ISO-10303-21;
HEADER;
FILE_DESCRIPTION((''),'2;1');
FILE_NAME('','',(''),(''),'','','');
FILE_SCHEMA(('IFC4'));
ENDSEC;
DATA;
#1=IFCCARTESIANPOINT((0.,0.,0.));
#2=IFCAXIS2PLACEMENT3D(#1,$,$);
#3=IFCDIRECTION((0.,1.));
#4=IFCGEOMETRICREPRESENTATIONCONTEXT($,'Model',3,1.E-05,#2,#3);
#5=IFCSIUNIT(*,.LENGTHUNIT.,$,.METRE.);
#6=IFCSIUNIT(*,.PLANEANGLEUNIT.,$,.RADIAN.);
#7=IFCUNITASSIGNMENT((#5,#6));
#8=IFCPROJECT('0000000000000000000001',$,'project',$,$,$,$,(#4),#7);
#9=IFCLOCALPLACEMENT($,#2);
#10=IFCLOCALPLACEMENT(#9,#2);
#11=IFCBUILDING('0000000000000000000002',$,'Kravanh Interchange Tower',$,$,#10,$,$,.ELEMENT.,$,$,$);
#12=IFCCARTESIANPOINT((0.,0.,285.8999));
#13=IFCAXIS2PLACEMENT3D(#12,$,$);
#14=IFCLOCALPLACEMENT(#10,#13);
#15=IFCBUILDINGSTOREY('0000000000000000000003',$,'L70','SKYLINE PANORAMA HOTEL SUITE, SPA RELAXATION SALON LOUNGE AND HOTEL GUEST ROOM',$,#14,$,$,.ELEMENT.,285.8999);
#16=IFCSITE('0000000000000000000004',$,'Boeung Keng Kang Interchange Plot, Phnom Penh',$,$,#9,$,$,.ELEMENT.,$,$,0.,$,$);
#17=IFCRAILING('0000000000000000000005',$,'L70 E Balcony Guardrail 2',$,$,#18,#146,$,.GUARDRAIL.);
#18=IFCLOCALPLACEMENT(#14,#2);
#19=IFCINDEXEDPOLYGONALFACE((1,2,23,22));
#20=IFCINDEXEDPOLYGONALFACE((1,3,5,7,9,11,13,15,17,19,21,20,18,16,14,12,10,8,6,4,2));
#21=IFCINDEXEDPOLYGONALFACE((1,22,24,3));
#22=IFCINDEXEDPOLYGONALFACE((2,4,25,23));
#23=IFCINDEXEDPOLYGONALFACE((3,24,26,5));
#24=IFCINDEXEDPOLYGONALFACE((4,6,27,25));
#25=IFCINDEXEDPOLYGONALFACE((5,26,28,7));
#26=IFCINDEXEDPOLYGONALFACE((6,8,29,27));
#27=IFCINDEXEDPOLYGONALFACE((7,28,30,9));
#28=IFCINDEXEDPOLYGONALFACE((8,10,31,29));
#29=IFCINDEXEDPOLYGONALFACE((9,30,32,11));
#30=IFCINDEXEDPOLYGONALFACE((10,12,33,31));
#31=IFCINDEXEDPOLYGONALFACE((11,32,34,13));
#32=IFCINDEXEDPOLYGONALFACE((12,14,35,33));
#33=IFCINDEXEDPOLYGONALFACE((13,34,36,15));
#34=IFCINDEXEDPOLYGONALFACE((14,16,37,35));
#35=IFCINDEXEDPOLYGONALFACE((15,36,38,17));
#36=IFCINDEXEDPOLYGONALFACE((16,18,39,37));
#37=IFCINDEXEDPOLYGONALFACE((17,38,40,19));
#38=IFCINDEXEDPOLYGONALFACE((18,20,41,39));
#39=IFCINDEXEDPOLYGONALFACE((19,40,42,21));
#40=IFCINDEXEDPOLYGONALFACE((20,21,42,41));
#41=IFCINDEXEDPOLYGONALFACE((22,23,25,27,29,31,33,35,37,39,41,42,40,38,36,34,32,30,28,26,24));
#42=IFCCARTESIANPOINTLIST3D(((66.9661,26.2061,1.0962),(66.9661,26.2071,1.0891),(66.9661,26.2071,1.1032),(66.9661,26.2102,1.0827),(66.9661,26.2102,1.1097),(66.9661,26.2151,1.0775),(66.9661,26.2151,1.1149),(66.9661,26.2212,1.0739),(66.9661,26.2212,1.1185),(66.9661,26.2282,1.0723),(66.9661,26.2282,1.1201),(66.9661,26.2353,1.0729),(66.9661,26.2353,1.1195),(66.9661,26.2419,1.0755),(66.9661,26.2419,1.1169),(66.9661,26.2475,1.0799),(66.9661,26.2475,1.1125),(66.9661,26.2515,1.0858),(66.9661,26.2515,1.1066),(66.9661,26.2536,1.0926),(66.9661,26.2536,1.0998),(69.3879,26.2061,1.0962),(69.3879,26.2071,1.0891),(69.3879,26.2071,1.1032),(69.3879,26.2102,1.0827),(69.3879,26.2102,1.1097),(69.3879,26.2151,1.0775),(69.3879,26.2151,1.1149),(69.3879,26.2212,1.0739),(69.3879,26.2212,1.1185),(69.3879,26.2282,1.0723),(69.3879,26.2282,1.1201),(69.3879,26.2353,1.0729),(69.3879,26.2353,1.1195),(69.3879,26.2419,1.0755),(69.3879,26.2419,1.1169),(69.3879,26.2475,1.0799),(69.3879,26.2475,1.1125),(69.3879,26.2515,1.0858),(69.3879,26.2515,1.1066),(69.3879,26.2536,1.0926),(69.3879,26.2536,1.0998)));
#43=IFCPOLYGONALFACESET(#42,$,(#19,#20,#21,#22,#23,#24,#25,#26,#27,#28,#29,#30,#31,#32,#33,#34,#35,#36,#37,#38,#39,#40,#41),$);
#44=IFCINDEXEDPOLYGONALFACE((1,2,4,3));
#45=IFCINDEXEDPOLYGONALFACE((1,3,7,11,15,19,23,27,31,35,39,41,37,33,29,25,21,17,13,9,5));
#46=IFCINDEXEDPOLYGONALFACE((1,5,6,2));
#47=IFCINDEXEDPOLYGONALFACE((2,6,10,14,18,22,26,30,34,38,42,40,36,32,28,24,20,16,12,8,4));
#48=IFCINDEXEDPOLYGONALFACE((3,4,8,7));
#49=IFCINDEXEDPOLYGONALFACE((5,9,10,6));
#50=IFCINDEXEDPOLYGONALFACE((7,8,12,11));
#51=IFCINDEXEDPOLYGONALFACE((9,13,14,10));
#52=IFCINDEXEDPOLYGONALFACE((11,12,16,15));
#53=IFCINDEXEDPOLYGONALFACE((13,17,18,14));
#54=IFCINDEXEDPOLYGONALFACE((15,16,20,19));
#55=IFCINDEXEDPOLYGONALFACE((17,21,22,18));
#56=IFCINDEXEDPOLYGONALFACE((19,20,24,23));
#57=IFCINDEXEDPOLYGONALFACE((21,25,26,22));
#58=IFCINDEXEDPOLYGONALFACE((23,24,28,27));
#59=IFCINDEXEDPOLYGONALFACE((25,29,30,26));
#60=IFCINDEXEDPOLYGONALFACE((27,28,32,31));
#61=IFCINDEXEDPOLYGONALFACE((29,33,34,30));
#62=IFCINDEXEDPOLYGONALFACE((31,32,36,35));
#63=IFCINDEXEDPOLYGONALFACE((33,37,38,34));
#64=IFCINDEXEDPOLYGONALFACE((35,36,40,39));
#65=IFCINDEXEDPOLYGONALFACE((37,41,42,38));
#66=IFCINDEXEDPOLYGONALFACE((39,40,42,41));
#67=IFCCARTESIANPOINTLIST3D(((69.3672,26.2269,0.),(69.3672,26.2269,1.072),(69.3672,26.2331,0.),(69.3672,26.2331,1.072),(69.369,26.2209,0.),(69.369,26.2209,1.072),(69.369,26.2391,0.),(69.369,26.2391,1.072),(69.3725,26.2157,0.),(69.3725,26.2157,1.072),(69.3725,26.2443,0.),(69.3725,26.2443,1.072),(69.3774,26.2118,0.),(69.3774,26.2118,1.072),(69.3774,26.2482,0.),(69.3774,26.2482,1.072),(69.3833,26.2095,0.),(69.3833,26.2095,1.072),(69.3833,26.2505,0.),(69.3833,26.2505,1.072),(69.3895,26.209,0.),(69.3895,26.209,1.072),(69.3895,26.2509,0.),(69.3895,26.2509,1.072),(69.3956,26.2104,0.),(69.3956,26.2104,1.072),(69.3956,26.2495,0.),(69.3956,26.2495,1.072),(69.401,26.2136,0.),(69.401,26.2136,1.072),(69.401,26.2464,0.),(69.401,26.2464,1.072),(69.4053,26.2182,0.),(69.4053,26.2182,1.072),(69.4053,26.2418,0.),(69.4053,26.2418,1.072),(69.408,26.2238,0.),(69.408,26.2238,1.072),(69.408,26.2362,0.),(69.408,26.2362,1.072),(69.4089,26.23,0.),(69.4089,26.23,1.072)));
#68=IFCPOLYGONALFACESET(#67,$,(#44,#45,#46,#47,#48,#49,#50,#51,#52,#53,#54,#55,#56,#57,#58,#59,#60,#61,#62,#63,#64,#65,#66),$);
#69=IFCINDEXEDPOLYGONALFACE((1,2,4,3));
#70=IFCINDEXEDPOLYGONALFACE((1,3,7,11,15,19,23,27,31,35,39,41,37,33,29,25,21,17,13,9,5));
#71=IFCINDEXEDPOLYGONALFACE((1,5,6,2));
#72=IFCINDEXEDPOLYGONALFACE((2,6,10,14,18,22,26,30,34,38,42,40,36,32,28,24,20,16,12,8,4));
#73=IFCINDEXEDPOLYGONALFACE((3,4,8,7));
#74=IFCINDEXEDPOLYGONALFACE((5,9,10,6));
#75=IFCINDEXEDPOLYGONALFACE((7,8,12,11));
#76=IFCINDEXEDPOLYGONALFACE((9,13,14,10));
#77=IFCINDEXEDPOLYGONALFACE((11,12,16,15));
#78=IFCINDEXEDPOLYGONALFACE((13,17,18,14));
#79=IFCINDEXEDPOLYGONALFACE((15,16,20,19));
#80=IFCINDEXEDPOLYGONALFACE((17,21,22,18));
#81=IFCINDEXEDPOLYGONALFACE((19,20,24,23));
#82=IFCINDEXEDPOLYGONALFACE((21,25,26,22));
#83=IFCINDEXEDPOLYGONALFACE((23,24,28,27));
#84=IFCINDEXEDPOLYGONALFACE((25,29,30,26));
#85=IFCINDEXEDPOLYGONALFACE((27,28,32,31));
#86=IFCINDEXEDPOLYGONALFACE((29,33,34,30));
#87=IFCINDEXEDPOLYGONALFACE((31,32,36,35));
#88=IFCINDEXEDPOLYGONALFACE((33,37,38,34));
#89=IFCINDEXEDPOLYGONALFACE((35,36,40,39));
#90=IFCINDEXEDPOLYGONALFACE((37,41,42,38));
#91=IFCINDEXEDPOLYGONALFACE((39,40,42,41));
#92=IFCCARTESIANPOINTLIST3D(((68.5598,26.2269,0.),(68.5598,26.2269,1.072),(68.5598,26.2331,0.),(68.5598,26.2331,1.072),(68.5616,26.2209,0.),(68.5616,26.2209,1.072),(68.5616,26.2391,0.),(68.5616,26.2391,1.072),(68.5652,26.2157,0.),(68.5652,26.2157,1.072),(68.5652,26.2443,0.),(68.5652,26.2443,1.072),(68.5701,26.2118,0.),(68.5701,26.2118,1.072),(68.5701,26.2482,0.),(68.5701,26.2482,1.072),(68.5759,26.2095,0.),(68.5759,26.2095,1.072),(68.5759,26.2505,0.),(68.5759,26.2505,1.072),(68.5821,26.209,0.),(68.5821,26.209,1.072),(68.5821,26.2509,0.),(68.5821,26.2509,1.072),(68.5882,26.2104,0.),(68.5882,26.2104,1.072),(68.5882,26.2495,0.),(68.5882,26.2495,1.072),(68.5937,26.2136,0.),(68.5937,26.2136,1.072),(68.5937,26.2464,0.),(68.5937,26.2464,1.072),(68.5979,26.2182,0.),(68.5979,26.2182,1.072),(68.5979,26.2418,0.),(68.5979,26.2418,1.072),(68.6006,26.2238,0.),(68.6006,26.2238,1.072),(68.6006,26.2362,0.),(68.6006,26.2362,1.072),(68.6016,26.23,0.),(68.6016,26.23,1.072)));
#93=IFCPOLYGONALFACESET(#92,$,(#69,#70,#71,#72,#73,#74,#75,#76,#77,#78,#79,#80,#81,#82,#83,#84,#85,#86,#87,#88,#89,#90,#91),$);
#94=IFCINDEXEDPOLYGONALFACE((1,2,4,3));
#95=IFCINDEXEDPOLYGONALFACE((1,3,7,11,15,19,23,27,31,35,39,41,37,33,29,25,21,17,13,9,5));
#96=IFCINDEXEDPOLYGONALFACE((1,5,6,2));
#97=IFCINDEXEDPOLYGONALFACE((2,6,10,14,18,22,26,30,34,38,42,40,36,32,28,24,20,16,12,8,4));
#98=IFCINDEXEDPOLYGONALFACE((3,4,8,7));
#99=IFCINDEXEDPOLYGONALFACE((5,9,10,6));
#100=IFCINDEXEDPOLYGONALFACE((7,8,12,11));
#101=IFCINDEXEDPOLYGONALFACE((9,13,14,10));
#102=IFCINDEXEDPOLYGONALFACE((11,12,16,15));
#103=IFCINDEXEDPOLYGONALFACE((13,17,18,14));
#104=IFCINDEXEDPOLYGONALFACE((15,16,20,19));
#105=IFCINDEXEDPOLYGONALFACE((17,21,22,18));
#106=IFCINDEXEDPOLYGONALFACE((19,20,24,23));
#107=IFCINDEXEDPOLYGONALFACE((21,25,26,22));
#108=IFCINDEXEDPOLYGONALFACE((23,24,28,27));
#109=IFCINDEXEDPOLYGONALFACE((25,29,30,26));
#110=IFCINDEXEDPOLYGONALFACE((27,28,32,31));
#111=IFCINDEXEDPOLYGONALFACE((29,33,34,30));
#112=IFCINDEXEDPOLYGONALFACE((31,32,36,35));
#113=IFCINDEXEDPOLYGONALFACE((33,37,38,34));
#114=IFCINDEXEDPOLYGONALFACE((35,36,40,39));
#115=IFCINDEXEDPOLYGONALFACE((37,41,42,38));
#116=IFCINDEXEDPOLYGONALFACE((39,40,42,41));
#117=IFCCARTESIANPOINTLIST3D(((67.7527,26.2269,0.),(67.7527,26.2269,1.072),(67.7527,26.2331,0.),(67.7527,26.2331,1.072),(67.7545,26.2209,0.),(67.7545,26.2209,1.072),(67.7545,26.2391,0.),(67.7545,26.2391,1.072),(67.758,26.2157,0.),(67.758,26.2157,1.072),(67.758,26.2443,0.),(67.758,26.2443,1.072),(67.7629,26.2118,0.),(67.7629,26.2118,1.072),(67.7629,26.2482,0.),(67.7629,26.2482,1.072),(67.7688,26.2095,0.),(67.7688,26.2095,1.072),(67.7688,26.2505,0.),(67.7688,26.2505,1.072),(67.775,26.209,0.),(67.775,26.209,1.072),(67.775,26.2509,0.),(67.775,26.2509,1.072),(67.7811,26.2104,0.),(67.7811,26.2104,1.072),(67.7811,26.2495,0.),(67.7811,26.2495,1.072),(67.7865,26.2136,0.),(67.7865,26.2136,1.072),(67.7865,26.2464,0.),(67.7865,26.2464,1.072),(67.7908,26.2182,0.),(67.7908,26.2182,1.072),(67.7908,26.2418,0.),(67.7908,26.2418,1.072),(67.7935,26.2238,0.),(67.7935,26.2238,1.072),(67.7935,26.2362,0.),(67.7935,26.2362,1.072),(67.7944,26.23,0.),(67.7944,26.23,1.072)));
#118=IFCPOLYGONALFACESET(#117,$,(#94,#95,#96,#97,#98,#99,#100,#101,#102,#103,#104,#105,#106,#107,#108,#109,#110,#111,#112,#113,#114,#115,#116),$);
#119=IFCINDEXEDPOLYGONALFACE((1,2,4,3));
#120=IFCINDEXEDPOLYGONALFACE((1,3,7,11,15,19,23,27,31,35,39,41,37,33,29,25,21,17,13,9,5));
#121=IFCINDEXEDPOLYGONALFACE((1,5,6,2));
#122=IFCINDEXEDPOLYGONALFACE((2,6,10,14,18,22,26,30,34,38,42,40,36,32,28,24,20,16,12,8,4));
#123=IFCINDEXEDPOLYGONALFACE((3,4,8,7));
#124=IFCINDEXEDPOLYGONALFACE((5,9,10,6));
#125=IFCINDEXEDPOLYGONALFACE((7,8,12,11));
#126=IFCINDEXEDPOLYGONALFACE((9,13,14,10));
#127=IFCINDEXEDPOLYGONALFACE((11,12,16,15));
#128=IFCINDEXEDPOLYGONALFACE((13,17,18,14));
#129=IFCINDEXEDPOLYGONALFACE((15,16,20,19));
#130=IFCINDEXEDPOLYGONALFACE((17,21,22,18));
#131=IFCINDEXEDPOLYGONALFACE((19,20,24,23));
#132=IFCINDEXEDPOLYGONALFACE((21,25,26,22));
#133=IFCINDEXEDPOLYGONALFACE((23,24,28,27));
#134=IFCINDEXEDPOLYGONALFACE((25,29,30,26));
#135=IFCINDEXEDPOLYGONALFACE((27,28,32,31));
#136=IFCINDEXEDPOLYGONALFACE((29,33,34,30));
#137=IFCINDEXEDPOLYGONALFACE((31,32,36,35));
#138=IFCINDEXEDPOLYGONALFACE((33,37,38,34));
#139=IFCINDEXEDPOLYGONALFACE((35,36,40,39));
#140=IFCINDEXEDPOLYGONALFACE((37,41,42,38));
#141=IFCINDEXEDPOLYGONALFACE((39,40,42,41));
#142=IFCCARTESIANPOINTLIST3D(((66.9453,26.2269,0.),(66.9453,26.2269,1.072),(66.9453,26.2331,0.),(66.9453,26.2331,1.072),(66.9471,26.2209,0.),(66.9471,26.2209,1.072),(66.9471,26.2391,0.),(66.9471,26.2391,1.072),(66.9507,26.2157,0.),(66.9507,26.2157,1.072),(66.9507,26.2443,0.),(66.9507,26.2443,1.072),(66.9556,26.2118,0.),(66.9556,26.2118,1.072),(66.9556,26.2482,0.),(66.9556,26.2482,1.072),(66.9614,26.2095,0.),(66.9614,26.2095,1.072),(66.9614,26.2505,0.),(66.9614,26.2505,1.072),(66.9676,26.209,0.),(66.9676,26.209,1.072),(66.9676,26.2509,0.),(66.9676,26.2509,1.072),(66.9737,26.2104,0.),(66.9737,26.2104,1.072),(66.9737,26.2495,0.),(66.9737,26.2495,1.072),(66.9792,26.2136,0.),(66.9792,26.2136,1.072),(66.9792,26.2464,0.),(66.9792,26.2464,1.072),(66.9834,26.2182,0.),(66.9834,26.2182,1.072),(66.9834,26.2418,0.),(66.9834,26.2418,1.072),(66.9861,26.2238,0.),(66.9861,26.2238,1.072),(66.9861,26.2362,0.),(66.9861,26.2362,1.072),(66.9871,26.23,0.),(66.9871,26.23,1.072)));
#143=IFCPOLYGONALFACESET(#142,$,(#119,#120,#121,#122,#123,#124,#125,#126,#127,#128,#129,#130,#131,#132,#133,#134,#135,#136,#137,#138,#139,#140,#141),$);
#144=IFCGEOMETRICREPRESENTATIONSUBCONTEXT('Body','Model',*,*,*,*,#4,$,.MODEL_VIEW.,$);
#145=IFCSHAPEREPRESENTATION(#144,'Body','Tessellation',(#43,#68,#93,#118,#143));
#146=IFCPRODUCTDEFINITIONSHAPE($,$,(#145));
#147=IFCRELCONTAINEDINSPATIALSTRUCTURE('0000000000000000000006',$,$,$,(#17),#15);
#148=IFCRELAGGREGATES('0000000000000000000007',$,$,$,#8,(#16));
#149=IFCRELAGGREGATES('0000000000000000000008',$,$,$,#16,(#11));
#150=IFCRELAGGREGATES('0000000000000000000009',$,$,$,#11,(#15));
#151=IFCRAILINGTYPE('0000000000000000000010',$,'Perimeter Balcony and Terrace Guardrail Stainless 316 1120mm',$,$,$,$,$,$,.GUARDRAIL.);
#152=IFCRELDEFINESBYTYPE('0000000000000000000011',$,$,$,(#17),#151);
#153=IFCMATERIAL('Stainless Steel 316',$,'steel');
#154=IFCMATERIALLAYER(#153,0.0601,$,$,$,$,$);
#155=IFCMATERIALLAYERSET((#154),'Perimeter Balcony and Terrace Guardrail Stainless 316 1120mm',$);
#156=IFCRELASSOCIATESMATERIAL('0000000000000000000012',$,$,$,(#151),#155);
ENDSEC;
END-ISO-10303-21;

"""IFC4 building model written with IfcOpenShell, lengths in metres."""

from ifc_helpers import new_model, si_unit, direction, frame, origin, origin_2d, place, context, subcontext, project, spatial, circle, extrude, material, layer, layer_set, type_object, element, save


model = new_model("IFC4")

# Units and contexts
model_context = context("Model", 3, precision=1e-05, world=origin(), true_north=direction((0.0, 1.0)))
body_context = subcontext(model_context, "Body", "Model", "MODEL_VIEW")
ifc_project = project(units=[si_unit("LENGTHUNIT", "METRE"), si_unit("PLANEANGLEUNIT", "RADIAN")], contexts=[model_context])

# Site, building, storey
site_placement = place(None, origin())
site = spatial("IfcSite", under=ifc_project, at=site_placement, Name="Boeung Keng Kang Interchange Plot, Phnom Penh", CompositionType="ELEMENT", RefElevation=0.0)
building_placement = place(site_placement, origin())
building = spatial("IfcBuilding", under=site, at=building_placement, Name="Kravanh Interchange Tower", CompositionType="ELEMENT")
storey_placement = place(building_placement, frame((0.0, 0.0, 285.8999)))
storey = spatial("IfcBuildingStorey", under=building, at=storey_placement, Name="L70", Description="SKYLINE PANORAMA HOTEL SUITE, SPA RELAXATION SALON LOUNGE AND HOTEL GUEST ROOM", CompositionType="ELEMENT", Elevation=285.8999)

# Railing
ifc_material_1 = material(Name="Stainless Steel 316", Category="steel")
ifc_layer_1 = layer(ifc_material_1, 0.0601)
ifc_layer_set_1 = layer_set([ifc_layer_1], Name="Perimeter Balcony and Terrace Guardrail Stainless 316 1120mm")
railing_type = type_object("IfcRailingType", Name="Perimeter Balcony and Terrace Guardrail Stainless 316 1120mm", PredefinedType="GUARDRAIL", material=ifc_layer_set_1)
railing_placement = place(storey_placement, frame((69.3879, 26.23, 0.0)))
element("IfcRailing", 1, at=railing_placement, inside=storey, type_object=railing_type, Name="L70 E Balcony Guardrail 2", PredefinedType="GUARDRAIL", context=body_context, shape_type="SweptSolid", body=[
    extrude(circle(Radius=0.0239, at=origin_2d()), frame((0.0, 0.0, 1.0962), z_axis=(-1.0, 0.0, 0.0), x_axis=(0.0, -1.0, 0.0)), (0.0, 0.0, 1.0), 2.4219),
    extrude(circle(Radius=0.021, at=origin_2d()), origin(), (0.0, 0.0, 1.0), 1.072),
    extrude(circle(Radius=0.021, at=origin_2d()), frame((-0.8074, 0.0, 0.0)), (0.0, 0.0, 1.0), 1.072),
    extrude(circle(Radius=0.021, at=origin_2d()), frame((-1.6145, 0.0, 0.0)), (0.0, 0.0, 1.0), 1.072),
    extrude(circle(Radius=0.021, at=origin_2d()), frame((-2.4219, 0.0, 0.0)), (0.0, 0.0, 1.0), 1.072),
])

save(model, "model.ifc")
